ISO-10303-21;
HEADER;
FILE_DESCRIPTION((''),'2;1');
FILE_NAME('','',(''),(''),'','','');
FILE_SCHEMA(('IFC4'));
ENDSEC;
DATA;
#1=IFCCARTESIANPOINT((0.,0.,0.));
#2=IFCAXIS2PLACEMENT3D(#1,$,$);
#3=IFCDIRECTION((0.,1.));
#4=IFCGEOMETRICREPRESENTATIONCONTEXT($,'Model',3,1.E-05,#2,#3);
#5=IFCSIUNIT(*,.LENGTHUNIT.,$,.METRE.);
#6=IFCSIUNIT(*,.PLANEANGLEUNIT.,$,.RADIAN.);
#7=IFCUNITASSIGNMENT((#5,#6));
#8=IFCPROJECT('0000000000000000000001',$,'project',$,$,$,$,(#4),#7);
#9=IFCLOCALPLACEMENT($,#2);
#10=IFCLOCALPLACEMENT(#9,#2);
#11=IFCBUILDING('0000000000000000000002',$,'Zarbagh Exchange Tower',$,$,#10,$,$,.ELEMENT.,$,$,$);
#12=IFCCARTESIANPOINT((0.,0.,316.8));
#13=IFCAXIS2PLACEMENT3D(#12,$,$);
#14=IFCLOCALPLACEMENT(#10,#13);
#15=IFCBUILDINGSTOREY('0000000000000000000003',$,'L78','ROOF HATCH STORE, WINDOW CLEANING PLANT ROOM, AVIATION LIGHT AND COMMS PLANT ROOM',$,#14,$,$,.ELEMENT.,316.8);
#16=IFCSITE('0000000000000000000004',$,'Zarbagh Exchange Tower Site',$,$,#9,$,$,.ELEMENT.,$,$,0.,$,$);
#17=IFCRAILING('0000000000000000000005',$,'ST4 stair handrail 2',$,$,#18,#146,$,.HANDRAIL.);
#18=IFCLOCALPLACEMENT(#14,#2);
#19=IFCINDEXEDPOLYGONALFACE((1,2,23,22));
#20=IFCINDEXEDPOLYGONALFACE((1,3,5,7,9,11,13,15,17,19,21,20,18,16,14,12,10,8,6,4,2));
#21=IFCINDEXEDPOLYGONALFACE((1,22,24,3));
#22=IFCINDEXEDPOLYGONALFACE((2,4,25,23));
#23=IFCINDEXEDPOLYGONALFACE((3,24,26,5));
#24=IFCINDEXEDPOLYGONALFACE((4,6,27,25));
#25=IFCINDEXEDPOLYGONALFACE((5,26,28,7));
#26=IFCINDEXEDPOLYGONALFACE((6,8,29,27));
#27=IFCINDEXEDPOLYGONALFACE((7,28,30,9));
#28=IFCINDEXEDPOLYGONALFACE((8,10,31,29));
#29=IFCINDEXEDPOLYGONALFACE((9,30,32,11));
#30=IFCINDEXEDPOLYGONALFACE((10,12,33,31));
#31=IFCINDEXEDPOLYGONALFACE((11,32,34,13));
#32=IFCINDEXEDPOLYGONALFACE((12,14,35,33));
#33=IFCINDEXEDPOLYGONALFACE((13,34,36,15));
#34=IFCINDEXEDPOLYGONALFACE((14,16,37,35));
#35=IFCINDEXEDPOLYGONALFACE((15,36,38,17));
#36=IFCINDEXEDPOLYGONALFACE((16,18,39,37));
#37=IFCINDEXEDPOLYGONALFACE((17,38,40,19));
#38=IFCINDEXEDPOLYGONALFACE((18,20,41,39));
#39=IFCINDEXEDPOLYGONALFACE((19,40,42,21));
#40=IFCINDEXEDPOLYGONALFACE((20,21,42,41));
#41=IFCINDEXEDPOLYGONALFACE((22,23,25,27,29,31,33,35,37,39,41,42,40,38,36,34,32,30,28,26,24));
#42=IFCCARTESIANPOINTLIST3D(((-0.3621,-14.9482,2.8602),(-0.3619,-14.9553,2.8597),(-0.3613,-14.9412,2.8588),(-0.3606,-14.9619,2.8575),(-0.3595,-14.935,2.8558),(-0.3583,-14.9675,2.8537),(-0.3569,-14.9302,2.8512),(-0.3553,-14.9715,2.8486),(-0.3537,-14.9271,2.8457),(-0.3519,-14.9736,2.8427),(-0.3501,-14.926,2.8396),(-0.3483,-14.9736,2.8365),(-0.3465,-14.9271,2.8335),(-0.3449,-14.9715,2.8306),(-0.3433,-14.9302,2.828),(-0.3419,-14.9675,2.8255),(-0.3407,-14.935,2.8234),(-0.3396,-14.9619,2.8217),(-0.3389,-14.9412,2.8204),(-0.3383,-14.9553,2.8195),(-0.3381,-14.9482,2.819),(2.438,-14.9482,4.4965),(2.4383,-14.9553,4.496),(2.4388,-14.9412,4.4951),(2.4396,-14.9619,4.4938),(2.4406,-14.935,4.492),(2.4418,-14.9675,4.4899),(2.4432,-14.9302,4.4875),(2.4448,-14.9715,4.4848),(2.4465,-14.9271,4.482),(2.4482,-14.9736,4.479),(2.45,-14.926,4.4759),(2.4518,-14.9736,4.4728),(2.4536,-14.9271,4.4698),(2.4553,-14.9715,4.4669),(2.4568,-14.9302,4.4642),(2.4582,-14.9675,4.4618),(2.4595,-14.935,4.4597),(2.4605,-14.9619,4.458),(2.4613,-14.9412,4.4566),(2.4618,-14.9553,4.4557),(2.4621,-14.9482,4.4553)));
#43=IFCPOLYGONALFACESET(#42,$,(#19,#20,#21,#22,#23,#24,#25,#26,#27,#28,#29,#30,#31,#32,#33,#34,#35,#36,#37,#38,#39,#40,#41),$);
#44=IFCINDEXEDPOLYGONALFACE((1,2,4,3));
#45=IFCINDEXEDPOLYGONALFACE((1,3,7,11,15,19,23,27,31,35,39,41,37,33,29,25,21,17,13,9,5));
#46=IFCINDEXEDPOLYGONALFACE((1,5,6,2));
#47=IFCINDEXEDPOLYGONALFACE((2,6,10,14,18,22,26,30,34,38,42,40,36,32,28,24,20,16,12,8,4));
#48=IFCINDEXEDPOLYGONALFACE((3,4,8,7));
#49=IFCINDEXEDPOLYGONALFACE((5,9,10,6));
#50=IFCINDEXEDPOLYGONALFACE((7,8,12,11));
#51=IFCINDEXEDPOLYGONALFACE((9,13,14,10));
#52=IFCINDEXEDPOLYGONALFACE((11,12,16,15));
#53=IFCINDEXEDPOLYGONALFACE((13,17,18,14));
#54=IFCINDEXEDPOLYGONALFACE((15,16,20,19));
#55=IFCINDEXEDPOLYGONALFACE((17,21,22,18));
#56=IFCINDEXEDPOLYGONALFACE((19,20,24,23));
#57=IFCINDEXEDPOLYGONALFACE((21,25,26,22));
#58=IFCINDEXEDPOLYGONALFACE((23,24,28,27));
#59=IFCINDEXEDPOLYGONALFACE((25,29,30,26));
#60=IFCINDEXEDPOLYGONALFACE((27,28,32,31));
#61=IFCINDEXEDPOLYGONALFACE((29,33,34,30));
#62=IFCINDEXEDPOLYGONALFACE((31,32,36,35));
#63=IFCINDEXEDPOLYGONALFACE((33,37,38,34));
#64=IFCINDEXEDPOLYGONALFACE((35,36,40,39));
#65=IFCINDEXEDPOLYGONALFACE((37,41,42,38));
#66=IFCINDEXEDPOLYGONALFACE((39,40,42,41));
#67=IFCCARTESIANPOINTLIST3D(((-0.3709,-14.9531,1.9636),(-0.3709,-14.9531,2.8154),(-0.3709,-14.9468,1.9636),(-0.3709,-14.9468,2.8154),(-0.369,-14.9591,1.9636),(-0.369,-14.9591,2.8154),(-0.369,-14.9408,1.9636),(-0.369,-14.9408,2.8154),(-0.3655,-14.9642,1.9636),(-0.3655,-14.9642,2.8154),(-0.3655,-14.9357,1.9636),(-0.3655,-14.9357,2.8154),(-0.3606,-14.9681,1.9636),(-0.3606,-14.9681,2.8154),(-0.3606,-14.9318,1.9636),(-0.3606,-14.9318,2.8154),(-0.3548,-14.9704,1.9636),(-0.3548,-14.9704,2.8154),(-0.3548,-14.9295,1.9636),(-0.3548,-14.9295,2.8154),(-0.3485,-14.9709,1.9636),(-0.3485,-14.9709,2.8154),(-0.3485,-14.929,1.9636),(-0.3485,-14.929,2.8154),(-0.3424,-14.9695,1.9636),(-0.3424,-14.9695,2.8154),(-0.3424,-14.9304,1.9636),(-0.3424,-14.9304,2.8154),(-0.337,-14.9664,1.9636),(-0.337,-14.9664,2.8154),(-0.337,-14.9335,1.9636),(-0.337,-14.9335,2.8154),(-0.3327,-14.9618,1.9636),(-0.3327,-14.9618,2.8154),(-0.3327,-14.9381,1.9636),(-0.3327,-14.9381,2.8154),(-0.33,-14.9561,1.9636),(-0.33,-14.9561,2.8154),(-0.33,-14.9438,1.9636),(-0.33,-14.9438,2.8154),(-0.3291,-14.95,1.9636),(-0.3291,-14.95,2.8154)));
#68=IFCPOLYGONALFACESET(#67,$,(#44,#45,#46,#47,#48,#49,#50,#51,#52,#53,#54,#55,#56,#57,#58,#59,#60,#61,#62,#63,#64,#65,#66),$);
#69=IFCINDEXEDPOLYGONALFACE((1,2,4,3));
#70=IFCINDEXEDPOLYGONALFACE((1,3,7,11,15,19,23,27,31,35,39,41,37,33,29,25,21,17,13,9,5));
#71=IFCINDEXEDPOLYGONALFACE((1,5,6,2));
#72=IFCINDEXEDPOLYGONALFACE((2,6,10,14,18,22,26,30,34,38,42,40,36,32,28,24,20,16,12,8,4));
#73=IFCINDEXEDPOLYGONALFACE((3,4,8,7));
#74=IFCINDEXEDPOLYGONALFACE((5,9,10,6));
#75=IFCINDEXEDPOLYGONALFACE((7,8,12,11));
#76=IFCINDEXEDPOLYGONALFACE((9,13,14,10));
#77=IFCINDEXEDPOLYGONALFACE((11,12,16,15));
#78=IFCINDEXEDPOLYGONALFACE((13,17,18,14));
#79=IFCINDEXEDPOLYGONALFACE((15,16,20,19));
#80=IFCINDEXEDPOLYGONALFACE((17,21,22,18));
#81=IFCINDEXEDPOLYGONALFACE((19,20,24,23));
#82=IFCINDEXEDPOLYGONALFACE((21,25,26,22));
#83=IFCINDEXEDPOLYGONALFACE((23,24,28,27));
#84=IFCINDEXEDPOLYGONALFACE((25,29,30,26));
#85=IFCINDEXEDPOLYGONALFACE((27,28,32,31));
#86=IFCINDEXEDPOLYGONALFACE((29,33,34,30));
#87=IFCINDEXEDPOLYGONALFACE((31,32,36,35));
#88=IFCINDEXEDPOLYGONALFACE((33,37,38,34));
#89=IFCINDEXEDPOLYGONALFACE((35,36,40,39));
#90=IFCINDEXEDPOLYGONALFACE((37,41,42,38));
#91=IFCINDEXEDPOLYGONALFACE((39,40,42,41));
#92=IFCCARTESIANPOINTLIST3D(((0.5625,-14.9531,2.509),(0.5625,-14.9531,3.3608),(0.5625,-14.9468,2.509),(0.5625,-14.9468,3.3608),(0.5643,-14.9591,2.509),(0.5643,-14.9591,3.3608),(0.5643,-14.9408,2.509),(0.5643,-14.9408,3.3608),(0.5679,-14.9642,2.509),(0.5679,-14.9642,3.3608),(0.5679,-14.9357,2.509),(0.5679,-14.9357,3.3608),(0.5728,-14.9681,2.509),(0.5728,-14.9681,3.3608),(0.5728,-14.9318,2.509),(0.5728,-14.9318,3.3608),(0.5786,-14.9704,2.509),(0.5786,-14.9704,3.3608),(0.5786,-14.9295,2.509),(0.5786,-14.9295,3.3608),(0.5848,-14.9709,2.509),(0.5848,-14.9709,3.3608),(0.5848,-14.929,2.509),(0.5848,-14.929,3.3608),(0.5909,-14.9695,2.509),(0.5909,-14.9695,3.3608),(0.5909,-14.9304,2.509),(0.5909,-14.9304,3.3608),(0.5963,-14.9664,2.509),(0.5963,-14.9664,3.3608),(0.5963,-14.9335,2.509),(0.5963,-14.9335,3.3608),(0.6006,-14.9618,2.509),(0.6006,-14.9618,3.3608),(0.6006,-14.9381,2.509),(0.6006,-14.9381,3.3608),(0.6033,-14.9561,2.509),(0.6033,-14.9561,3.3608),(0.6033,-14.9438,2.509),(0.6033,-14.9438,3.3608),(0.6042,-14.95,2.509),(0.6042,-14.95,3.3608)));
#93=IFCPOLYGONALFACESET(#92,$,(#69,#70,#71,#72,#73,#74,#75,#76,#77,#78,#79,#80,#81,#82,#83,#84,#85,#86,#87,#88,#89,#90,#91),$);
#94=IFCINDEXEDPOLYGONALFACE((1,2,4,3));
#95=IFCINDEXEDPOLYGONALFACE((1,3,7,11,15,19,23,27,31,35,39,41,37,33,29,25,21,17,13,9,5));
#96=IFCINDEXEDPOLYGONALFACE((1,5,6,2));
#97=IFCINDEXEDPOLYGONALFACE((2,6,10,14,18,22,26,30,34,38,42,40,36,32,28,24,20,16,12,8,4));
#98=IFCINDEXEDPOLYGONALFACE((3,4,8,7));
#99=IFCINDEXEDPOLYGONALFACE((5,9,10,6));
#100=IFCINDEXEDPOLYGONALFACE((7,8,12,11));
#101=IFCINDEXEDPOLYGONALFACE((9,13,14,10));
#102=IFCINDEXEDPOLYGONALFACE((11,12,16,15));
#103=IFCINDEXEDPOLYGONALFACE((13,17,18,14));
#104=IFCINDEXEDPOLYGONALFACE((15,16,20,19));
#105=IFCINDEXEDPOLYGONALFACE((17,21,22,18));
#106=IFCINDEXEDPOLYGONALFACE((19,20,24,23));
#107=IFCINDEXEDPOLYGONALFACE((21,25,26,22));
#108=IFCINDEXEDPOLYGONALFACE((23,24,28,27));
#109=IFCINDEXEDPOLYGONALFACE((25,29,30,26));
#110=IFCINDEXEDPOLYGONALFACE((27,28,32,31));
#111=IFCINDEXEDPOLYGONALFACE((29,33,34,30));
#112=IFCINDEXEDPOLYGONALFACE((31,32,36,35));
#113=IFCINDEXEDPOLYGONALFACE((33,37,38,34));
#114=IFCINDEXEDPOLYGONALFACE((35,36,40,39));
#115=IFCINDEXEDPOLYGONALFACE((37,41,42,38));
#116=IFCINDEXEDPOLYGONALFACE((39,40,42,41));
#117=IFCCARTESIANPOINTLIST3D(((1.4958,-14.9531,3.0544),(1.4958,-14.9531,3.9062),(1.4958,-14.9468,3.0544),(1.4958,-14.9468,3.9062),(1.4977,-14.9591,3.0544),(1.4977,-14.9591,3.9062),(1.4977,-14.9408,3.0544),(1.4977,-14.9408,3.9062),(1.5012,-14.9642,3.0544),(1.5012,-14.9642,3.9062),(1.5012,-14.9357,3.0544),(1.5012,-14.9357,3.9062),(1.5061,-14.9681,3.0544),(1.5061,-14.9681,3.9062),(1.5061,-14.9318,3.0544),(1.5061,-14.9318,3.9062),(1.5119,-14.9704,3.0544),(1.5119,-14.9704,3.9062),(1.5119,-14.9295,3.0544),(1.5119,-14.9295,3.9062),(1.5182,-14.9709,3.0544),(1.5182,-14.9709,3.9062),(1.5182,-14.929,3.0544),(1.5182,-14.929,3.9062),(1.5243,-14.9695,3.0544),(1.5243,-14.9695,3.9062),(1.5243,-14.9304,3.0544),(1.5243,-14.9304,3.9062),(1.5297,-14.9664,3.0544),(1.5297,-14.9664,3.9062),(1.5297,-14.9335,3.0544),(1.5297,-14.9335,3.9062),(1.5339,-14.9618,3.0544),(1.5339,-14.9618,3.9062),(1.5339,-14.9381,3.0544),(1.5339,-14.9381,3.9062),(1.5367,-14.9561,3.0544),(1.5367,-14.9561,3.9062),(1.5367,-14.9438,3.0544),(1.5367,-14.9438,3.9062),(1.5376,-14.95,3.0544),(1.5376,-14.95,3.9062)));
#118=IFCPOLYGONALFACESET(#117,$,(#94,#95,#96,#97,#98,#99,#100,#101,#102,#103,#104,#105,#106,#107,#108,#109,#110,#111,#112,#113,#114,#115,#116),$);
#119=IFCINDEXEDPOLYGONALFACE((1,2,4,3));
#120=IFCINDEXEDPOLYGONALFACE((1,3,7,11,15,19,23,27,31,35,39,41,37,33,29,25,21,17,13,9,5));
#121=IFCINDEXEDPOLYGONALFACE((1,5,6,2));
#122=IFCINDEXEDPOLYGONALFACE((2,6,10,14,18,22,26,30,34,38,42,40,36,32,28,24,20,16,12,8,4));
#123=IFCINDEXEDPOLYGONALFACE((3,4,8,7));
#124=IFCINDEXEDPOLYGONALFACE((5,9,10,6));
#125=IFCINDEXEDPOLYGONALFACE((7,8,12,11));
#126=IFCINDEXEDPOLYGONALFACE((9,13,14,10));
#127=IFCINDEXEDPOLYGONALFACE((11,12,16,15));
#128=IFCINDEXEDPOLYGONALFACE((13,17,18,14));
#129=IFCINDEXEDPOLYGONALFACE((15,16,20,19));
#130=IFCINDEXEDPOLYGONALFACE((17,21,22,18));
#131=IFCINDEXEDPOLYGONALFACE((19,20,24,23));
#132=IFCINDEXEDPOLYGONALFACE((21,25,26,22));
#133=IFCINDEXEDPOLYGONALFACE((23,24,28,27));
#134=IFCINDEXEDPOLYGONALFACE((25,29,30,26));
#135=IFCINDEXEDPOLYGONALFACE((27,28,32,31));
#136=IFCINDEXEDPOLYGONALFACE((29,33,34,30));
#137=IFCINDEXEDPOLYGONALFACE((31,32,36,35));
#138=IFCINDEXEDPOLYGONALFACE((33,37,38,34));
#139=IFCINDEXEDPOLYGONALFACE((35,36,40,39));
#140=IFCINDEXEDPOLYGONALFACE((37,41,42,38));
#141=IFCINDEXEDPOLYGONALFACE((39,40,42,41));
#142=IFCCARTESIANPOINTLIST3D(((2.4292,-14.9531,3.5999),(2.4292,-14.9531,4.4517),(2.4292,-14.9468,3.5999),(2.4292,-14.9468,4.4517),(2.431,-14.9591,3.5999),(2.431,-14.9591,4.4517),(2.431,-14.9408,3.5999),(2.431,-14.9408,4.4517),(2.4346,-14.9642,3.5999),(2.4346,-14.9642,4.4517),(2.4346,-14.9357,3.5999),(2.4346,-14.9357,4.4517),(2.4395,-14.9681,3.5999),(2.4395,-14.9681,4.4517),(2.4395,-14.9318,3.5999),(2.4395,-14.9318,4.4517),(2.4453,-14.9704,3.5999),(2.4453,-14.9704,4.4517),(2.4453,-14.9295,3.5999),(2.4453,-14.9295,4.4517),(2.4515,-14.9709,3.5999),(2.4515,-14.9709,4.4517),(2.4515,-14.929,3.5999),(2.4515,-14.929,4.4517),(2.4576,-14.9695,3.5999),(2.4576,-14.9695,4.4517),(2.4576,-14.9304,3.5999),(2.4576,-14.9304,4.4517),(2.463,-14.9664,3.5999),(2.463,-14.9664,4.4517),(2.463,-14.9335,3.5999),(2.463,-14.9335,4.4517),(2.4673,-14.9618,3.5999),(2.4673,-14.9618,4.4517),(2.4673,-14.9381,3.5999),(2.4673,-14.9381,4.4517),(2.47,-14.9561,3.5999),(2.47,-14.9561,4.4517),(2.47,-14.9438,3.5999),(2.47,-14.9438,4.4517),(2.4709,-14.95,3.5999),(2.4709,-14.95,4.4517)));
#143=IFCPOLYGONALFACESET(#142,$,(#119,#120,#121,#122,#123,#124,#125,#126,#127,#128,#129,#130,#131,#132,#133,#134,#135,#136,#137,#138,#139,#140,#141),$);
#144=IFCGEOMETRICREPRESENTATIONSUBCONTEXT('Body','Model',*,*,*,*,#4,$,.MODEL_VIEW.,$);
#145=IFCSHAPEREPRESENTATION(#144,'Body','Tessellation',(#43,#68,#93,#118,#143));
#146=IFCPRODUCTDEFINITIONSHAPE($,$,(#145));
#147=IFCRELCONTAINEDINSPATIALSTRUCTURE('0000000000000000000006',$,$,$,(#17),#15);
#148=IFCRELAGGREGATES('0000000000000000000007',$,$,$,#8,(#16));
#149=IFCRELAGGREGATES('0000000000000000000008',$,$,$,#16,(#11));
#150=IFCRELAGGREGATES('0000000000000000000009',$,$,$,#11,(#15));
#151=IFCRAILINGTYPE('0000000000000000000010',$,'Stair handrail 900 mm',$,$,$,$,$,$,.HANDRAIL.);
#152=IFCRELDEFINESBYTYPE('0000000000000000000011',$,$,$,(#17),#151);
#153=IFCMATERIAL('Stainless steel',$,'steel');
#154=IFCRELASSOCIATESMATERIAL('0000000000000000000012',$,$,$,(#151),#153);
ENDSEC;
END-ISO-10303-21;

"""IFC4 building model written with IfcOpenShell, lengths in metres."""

from ifc_helpers import new_model, si_unit, direction, frame, origin, origin_2d, place, context, subcontext, project, spatial, circle, extrude, material, type_object, element, save


model = new_model("IFC4")

# Units and contexts
model_context = context("Model", 3, precision=1e-05, world=origin(), true_north=direction((0.0, 1.0)))
body_context = subcontext(model_context, "Body", "Model", "MODEL_VIEW")
ifc_project = project(units=[si_unit("LENGTHUNIT", "METRE"), si_unit("PLANEANGLEUNIT", "RADIAN")], contexts=[model_context])

# Site, building, storey
site_placement = place(None, origin())
site = spatial("IfcSite", under=ifc_project, at=site_placement, Name="Zarbagh Exchange Tower Site", CompositionType="ELEMENT", RefElevation=0.0)
building_placement = place(site_placement, origin())
building = spatial("IfcBuilding", under=site, at=building_placement, Name="Zarbagh Exchange Tower", CompositionType="ELEMENT")
storey_placement = place(building_placement, frame((0.0, 0.0, 316.8)))
storey = spatial("IfcBuildingStorey", under=building, at=storey_placement, Name="L78", Description="ROOF HATCH STORE, WINDOW CLEANING PLANT ROOM, AVIATION LIGHT AND COMMS PLANT ROOM", CompositionType="ELEMENT", Elevation=316.8)

# Shared definitions
ifc_material_1 = material(Name="Stainless steel", Category="steel")

# Railing
railing_type_1 = type_object("IfcRailingType", Name="Stair handrail 900 mm", PredefinedType="HANDRAIL", material=ifc_material_1)
railing_1_placement = place(storey_placement, frame((-0.3501, -14.95, 1.9636)))
element("IfcRailing", 1, at=railing_1_placement, inside=storey, type_object=railing_type_1, Name="ST4 stair handrail 2", PredefinedType="HANDRAIL", context=body_context, shape_type="SweptSolid", body=[
    extrude(circle(Radius=0.0239, at=origin_2d()), frame((0.0, 0.0, 0.876), z_axis=(0.863394, 0.0, 0.504531), x_axis=(0.0, 1.0, 0.0)), (0.0, 0.0, 1.0), 3.2432),
    extrude(circle(Radius=0.021, at=origin_2d()), origin(), (0.0, 0.0, 1.0), 0.8518),
    extrude(circle(Radius=0.021, at=origin_2d()), frame((0.9333, 0.0, 0.5454)), (0.0, 0.0, 1.0), 0.8518),
    extrude(circle(Radius=0.021, at=origin_2d()), frame((1.8667, 0.0, 1.0908)), (0.0, 0.0, 1.0), 0.8518),
    extrude(circle(Radius=0.021, at=origin_2d()), frame((2.8, 0.0, 1.6362)), (0.0, 0.0, 1.0), 0.8518),
])

save(model, "model.ifc")
